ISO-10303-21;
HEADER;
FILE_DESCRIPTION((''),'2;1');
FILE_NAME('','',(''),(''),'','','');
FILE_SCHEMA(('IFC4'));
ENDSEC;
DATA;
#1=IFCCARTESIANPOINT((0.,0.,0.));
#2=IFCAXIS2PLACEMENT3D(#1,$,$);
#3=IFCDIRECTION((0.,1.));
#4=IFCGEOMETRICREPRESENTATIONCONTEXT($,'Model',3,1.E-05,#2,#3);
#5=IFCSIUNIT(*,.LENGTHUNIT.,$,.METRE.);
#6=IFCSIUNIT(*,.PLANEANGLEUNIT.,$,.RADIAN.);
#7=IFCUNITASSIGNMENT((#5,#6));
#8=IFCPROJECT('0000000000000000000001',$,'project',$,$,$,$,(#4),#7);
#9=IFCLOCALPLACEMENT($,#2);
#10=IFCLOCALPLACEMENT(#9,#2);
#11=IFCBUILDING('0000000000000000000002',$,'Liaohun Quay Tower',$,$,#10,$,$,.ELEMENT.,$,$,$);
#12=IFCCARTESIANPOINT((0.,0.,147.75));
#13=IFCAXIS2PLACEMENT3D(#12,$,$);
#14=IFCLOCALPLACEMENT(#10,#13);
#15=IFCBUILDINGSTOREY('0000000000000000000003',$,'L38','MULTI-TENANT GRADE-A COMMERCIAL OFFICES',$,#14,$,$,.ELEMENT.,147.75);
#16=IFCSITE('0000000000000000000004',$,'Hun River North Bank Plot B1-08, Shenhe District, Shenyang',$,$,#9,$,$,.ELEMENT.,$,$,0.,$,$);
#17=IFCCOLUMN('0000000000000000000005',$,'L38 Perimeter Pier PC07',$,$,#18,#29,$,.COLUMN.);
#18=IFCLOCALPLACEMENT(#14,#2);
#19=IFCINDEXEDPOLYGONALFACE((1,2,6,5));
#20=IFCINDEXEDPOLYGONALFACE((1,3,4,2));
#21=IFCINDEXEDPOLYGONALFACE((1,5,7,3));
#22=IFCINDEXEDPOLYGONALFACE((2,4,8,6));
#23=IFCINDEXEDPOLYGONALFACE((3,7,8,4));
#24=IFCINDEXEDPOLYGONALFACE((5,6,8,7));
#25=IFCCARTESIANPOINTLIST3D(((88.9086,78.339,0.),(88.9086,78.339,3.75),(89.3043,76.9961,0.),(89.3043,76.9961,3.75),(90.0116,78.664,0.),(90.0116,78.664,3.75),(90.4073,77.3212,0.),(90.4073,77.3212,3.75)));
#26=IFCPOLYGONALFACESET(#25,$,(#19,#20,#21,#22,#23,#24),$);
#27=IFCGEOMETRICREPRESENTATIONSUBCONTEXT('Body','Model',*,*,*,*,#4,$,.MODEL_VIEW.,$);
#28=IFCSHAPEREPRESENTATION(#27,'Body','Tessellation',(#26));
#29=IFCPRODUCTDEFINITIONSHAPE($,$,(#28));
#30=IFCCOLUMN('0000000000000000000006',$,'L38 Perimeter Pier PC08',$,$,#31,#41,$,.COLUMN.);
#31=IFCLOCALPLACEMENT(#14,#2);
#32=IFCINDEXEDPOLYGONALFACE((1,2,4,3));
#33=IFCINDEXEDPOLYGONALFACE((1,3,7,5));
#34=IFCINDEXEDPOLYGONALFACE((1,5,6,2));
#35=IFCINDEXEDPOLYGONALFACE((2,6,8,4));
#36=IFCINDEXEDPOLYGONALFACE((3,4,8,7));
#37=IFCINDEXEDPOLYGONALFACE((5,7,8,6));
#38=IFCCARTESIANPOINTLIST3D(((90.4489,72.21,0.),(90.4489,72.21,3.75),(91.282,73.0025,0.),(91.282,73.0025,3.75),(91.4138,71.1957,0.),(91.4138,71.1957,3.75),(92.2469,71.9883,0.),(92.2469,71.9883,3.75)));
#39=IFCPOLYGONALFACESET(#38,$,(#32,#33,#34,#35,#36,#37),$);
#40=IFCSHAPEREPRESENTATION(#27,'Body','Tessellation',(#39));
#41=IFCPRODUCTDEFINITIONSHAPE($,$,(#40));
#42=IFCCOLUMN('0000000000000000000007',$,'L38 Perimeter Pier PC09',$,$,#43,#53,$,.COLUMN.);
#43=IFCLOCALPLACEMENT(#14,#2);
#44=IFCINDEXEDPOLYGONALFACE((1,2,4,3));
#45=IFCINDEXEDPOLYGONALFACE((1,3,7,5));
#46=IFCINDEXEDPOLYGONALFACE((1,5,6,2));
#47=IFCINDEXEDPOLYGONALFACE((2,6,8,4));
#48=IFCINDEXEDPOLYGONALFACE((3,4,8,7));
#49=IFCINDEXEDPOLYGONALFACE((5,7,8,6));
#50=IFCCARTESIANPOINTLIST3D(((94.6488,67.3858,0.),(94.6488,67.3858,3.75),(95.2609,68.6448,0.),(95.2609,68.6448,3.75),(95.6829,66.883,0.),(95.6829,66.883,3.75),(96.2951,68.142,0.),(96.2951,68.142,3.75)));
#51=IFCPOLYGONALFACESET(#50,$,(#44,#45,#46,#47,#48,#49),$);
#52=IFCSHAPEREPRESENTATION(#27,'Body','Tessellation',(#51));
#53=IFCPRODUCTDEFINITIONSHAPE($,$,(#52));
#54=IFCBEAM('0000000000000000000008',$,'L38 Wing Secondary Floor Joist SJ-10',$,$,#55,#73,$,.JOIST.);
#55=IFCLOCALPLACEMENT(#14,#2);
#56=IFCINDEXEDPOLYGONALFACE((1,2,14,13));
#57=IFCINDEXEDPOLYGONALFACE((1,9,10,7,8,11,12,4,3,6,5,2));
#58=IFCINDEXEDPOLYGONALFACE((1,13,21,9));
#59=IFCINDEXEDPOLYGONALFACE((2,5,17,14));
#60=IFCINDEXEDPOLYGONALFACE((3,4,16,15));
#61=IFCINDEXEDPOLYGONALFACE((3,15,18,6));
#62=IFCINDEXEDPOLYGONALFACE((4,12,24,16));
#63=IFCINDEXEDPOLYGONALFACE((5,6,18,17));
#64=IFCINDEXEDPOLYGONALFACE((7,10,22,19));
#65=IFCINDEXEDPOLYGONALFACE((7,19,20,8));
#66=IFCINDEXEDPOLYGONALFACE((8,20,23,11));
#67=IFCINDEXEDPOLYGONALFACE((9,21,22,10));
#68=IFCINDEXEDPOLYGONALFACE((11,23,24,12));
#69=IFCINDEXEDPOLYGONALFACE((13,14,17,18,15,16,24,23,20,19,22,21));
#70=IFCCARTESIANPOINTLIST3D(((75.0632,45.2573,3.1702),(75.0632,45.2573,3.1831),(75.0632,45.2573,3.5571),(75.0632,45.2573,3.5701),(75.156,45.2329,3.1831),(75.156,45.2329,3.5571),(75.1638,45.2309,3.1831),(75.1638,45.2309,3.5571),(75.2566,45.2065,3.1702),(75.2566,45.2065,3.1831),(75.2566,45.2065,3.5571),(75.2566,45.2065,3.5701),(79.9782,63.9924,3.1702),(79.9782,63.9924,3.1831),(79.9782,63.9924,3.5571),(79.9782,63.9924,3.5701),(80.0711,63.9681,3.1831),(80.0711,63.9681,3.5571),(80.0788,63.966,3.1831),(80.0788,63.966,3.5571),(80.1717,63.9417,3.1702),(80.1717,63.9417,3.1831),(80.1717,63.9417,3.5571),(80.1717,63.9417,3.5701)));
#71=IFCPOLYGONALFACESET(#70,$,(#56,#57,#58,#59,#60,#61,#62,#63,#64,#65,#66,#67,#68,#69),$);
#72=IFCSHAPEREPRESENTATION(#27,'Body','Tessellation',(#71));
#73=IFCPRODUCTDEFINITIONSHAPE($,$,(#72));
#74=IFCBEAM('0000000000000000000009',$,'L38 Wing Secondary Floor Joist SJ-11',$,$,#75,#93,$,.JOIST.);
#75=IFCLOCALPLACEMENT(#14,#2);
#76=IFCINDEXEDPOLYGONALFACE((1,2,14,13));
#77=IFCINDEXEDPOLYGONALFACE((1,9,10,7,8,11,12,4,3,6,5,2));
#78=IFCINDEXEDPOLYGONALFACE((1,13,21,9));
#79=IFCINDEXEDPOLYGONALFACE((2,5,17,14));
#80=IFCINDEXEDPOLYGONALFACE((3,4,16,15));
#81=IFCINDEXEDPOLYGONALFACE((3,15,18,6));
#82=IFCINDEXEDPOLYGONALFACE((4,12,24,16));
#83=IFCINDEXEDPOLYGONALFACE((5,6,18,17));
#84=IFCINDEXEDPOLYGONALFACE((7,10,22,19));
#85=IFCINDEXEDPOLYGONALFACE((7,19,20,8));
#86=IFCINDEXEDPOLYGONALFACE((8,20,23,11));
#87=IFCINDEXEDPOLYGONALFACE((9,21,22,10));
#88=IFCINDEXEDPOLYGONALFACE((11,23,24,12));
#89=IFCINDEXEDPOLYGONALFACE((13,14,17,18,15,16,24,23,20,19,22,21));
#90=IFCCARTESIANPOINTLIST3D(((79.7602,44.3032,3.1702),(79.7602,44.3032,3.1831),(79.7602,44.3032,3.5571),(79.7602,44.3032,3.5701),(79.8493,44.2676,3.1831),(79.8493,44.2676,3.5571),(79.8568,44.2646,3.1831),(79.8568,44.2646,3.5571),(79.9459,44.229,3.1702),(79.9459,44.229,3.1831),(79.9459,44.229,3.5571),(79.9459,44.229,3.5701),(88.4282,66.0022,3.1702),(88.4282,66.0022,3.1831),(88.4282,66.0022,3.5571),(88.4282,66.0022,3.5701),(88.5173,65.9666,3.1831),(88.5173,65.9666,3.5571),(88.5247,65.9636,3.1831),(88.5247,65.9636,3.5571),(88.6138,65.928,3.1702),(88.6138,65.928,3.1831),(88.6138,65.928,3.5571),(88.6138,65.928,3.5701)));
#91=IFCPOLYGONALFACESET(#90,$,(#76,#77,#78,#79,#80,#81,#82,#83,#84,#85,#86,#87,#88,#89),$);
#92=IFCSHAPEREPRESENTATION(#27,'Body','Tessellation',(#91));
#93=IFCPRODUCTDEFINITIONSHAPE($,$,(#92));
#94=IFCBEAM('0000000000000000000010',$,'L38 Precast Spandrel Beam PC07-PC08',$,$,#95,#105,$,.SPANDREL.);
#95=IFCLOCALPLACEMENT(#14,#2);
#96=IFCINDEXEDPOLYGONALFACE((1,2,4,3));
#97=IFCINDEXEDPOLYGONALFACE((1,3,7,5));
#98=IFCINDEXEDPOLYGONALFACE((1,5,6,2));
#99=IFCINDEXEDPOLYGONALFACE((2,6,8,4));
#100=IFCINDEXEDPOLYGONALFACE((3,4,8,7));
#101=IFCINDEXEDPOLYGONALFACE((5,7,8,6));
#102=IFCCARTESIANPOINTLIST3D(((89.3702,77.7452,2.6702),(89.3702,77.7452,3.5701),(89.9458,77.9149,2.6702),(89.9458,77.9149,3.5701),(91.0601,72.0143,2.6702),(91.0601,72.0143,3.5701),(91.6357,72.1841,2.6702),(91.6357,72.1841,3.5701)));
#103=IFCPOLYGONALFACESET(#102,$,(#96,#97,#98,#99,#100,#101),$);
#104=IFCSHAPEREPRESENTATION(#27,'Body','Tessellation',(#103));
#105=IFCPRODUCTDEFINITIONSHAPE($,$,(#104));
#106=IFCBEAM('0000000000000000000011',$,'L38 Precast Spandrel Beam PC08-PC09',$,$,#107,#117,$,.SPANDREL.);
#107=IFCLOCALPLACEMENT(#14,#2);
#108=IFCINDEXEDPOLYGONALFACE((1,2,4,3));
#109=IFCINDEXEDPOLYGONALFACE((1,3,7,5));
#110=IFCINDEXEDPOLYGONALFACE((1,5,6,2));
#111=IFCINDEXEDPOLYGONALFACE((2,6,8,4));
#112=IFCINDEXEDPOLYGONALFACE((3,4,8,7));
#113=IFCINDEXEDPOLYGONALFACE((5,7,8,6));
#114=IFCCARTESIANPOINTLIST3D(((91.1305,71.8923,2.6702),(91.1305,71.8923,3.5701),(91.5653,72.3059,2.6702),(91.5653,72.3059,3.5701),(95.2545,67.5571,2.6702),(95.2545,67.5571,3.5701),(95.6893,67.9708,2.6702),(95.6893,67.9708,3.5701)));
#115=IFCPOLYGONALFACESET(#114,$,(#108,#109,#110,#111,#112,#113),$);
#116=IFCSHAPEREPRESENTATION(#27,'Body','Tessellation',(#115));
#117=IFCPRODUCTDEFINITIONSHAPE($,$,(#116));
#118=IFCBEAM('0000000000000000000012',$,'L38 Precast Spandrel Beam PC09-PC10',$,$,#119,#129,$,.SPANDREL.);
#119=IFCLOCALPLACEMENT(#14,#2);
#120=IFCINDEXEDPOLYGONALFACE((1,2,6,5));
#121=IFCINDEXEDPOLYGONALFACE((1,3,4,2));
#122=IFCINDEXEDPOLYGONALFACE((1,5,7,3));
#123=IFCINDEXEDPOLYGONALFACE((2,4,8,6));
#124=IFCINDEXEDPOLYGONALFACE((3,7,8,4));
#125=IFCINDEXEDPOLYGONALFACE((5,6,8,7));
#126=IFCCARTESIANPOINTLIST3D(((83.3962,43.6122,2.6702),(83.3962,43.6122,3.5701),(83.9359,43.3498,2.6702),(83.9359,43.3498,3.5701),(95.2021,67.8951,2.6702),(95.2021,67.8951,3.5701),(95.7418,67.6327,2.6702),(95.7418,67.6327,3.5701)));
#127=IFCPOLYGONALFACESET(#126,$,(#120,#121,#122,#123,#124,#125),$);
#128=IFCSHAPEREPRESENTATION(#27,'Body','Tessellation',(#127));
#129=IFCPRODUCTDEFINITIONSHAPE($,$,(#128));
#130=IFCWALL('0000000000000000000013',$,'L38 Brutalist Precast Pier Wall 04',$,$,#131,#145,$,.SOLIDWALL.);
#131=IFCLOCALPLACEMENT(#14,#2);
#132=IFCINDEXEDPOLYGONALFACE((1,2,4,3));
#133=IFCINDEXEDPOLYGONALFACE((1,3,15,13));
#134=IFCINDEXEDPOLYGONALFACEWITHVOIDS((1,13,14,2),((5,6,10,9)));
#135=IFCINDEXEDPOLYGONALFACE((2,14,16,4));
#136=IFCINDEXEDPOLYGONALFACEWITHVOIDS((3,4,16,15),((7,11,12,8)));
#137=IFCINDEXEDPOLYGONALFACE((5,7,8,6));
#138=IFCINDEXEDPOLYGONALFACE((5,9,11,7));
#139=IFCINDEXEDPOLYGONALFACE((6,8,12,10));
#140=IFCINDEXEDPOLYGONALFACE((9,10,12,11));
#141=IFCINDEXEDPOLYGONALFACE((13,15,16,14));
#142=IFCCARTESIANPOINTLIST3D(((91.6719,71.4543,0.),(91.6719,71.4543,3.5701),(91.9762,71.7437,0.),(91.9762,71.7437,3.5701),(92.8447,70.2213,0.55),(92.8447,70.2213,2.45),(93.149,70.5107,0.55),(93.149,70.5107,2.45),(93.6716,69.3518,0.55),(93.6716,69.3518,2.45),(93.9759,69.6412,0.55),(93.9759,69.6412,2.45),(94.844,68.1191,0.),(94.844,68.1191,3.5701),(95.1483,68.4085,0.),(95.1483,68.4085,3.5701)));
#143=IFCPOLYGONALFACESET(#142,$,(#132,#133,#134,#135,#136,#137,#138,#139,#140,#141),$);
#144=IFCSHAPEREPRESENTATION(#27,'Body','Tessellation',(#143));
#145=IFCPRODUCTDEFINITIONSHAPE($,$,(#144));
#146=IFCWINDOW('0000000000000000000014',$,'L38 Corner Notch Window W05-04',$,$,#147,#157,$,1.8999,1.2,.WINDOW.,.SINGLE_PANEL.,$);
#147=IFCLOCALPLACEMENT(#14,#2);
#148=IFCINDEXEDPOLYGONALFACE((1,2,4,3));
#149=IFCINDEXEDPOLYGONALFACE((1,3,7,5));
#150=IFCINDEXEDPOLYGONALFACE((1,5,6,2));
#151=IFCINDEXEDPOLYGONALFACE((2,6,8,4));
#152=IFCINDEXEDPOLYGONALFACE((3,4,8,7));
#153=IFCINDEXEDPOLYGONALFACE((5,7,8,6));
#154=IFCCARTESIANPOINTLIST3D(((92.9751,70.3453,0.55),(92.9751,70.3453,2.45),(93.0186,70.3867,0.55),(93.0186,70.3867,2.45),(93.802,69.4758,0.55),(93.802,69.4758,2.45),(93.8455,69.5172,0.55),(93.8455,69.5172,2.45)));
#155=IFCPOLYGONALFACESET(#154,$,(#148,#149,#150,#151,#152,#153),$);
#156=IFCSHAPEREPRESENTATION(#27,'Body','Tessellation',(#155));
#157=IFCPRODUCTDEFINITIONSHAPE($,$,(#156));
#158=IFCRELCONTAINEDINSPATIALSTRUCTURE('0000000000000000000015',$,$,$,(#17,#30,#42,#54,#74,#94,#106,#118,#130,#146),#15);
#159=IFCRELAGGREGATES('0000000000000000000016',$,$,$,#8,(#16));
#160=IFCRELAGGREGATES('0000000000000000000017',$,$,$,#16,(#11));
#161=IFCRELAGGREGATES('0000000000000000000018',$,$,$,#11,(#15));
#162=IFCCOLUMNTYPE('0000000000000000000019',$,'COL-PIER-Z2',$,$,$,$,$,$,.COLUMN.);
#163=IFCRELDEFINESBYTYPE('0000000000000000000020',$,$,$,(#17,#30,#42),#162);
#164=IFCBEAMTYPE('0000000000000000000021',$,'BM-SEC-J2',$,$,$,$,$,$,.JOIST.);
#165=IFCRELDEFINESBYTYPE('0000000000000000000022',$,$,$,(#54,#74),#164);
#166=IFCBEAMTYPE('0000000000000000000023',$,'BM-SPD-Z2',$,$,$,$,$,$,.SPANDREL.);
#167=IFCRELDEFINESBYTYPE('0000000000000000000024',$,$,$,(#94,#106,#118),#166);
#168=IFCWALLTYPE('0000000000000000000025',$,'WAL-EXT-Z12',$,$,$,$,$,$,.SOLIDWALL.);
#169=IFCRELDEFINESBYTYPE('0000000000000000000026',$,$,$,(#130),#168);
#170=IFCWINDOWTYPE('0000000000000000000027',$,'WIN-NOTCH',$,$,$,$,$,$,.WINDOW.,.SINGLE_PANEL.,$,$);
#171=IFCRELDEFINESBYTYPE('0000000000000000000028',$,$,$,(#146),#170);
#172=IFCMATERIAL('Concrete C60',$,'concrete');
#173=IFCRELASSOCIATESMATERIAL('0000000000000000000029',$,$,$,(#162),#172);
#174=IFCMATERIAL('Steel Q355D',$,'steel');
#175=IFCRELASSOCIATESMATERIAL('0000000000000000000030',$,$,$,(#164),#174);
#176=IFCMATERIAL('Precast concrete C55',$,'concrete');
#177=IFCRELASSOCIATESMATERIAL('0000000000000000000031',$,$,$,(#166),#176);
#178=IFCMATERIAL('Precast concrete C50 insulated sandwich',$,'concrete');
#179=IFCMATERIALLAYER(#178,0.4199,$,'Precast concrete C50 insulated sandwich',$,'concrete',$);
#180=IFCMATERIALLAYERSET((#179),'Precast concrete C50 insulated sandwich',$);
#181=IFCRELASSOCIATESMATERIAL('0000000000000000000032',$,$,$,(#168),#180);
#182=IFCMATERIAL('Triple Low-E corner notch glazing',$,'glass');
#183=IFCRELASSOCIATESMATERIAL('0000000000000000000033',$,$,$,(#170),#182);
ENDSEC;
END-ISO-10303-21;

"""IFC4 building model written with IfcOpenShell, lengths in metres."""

from ifc_helpers import new_model, si_unit, direction, frame, frame_2d, origin, origin_2d, place, context, subcontext, project, spatial, rectangle, i_section, extrude, source, transform, mapped, material, layer, layer_set, material_profile, profile_set, type_object, element, fill, save


model = new_model("IFC4")

# Units and contexts
model_context = context("Model", 3, precision=1e-05, world=origin(), true_north=direction((0.0, 1.0)))
body_context = subcontext(model_context, "Body", "Model", "MODEL_VIEW")
ifc_project = project(units=[si_unit("LENGTHUNIT", "METRE"), si_unit("PLANEANGLEUNIT", "RADIAN")], contexts=[model_context])

# Site, building, storey
site_placement = place(None, origin())
site = spatial("IfcSite", under=ifc_project, at=site_placement, Name="Hun River North Bank Plot B1-08, Shenhe District, Shenyang", CompositionType="ELEMENT", RefElevation=0.0)
building_placement = place(site_placement, origin())
building = spatial("IfcBuilding", under=site, at=building_placement, Name="Liaohun Quay Tower", CompositionType="ELEMENT")
storey_placement = place(building_placement, frame((0.0, 0.0, 147.75)))
storey = spatial("IfcBuildingStorey", under=building, at=storey_placement, Name="L38", Description="MULTI-TENANT GRADE-A COMMERCIAL OFFICES", CompositionType="ELEMENT", Elevation=147.75)

# Columns
ifc_material_1 = material(Name="Concrete C60", Category="concrete")
ifc_material_profile_1 = material_profile(ifc_material_1, rectangle(XDim=1.3999, YDim=1.1499, at=origin_2d()), Name="RC1400x1150")
ifc_profile_set_1 = profile_set([ifc_material_profile_1], Name="Concrete C60")
column_type = type_object("IfcColumnType", Name="COL-PIER-Z2", PredefinedType="COLUMN", material=ifc_profile_set_1)
shared_shape_1 = source(origin(), body_context, "Body", "SweptSolid", [
    extrude(rectangle(XDim=1.3999, YDim=1.1499, at=origin_2d()), origin(), (0.0, 0.0, 1.0), 3.75),
])
for number, where, z_axis, x_axis, name in (
    (1, (89.658, 77.8301, 0.0), (0.0, 0.0, 1.0), (-0.282676, 0.959215, 0.0), "L38 Perimeter Pier PC07"),
    (2, (91.3479, 72.0991, 0.0), (0.0, 0.0, 1.0), (-0.68924, 0.724533, 0.0), "L38 Perimeter Pier PC08"),
    (3, (95.4719, 67.7639, 0.0), (0.0, 0.0, 1.0), (0.437273, 0.899329, 0.0), "L38 Perimeter Pier PC09"),
):
    element("IfcColumn", number, at=place(storey_placement, frame(where, z_axis=z_axis, x_axis=x_axis)), inside=storey, type_object=column_type, Name=name, PredefinedType="COLUMN", context=body_context, shape_type="MappedRepresentation", body=[
        mapped(shared_shape_1, transform((0.0, 0.0, 0.0), x_axis=(1.0, 0.0, 0.0), y_axis=(0.0, 1.0, 0.0), z_axis=(0.0, 0.0, 1.0), scale=1.0)),
    ])

# Beams
ifc_material_2 = material(Name="Steel Q355D", Category="steel")
ifc_material_profile_2 = material_profile(ifc_material_2, i_section(OverallWidth=0.2, OverallDepth=0.3999, WebThickness=0.0081, FlangeThickness=0.0129, at=origin_2d()), Name="HN400x200x8x13")
ifc_profile_set_2 = profile_set([ifc_material_profile_2], Name="Steel Q355D")
beam_type_1 = type_object("IfcBeamType", Name="BM-SEC-J2", PredefinedType="JOIST", material=ifc_profile_set_2)
shared_shape_2 = source(origin(), body_context, "Body", "SweptSolid", [
    extrude(i_section(OverallWidth=0.2, OverallDepth=0.3999, WebThickness=0.0081, FlangeThickness=0.0129, at=origin_2d()), origin(), (0.0, 0.0, 1.0), 19.3691),
])
beam_1_placement = place(storey_placement, frame((80.075, 63.967, 3.3701), z_axis=(-0.253757, -0.967268, 0.0), x_axis=(0.967268, -0.253757, 0.0)))
element("IfcBeam", 4, at=beam_1_placement, inside=storey, type_object=beam_type_1, Name="L38 Wing Secondary Floor Joist SJ-10", PredefinedType="JOIST", context=body_context, shape_type="MappedRepresentation", body=[
    mapped(shared_shape_2, transform((0.0, 0.0, 0.0), x_axis=(1.0, 0.0, 0.0), y_axis=(0.0, 1.0, 0.0), z_axis=(0.0, 0.0, 1.0), scale=1.0)),
])
shared_shape_3 = source(origin(), body_context, "Body", "SweptSolid", [
    extrude(i_section(OverallWidth=0.2, OverallDepth=0.3999, WebThickness=0.0081, FlangeThickness=0.0129, at=origin_2d()), origin(), (0.0, 0.0, 1.0), 23.3662),
])
beam_2_placement = place(storey_placement, frame((88.521, 65.9651, 3.3701), z_axis=(-0.370962, -0.928648, 0.0), x_axis=(0.928648, -0.370962, 0.0)))
element("IfcBeam", 5, at=beam_2_placement, inside=storey, type_object=beam_type_1, Name="L38 Wing Secondary Floor Joist SJ-11", PredefinedType="JOIST", context=body_context, shape_type="MappedRepresentation", body=[
    mapped(shared_shape_3, transform((0.0, 0.0, 0.0), x_axis=(1.0, 0.0, 0.0), y_axis=(0.0, 1.0, 0.0), z_axis=(0.0, 0.0, 1.0), scale=1.0)),
])
ifc_material_3 = material(Name="Precast concrete C55", Category="concrete")
ifc_material_profile_3 = material_profile(ifc_material_3, rectangle(XDim=0.6001, YDim=0.8999, at=origin_2d()), Name="RC600x900")
ifc_profile_set_3 = profile_set([ifc_material_profile_3], Name="Precast concrete C55")
beam_type_2 = type_object("IfcBeamType", Name="BM-SPD-Z2", PredefinedType="SPANDREL", material=ifc_profile_set_3)
shared_shape_4 = source(origin(), body_context, "Body", "SweptSolid", [
    extrude(rectangle(XDim=0.6001, YDim=0.8999, at=origin_2d()), origin(), (0.0, 0.0, 1.0), 5.9749),
])
beam_3_placement = place(storey_placement, frame((89.658, 77.8301, 3.1201), z_axis=(0.282839, -0.959167, 0.0), x_axis=(0.959167, 0.282839, 0.0)))
element("IfcBeam", 6, at=beam_3_placement, inside=storey, type_object=beam_type_2, Name="L38 Precast Spandrel Beam PC07-PC08", PredefinedType="SPANDREL", context=body_context, shape_type="MappedRepresentation", body=[
    mapped(shared_shape_4, transform((0.0, 0.0, 0.0), x_axis=(1.0, 0.0, 0.0), y_axis=(0.0, 1.0, 0.0), z_axis=(0.0, 0.0, 1.0), scale=1.0)),
])
shared_shape_5 = source(origin(), body_context, "Body", "SweptSolid", [
    extrude(rectangle(XDim=0.6001, YDim=0.8999, at=origin_2d()), origin(), (0.0, 0.0, 1.0), 5.9834),
])
beam_4_placement = place(storey_placement, frame((91.3479, 72.0991, 3.1201), z_axis=(0.689239, -0.724534, 0.0), x_axis=(0.724534, 0.689239, 0.0)))
element("IfcBeam", 7, at=beam_4_placement, inside=storey, type_object=beam_type_2, Name="L38 Precast Spandrel Beam PC08-PC09", PredefinedType="SPANDREL", context=body_context, shape_type="MappedRepresentation", body=[
    mapped(shared_shape_5, transform((0.0, 0.0, 0.0), x_axis=(1.0, 0.0, 0.0), y_axis=(0.0, 1.0, 0.0), z_axis=(0.0, 0.0, 1.0), scale=1.0)),
])
shared_shape_6 = source(origin(), body_context, "Body", "SweptSolid", [
    extrude(rectangle(XDim=0.6001, YDim=0.8999, at=origin_2d()), origin(), (0.0, 0.0, 1.0), 27.0007),
])
beam_5_placement = place(storey_placement, frame((95.4719, 67.7639, 3.1201), z_axis=(-0.437243, -0.899343, 0.0), x_axis=(0.899343, -0.437243, 0.0)))
element("IfcBeam", 8, at=beam_5_placement, inside=storey, type_object=beam_type_2, Name="L38 Precast Spandrel Beam PC09-PC10", PredefinedType="SPANDREL", context=body_context, shape_type="MappedRepresentation", body=[
    mapped(shared_shape_6, transform((0.0, 0.0, 0.0), x_axis=(1.0, 0.0, 0.0), y_axis=(0.0, 1.0, 0.0), z_axis=(0.0, 0.0, 1.0), scale=1.0)),
])

# Wall, opening, window
ifc_material_4 = material(Name="Precast concrete C50 insulated sandwich", Category="concrete")
ifc_layer_1 = layer(ifc_material_4, 0.4199, Name="Precast concrete C50 insulated sandwich", Category="concrete")
ifc_layer_set_1 = layer_set([ifc_layer_1], Name="Precast concrete C50 insulated sandwich")
wall_type_1 = type_object("IfcWallType", Name="WAL-EXT-Z12", PredefinedType="SOLIDWALL", material=ifc_layer_set_1)
wall_1_placement = place(storey_placement, frame((94.9961, 68.2639, 0.0), z_axis=(0.0, 0.0, 1.0), x_axis=(-0.689169, 0.724601, 0.0)))
wall_1 = element("IfcWall", 9, at=wall_1_placement, inside=storey, type_object=wall_type_1, Name="L38 Brutalist Precast Pier Wall 04", PredefinedType="SOLIDWALL", context=body_context, shape_type="SweptSolid", body=[
    extrude(rectangle(XDim=4.6028, YDim=0.4199, at=frame_2d((2.3013, 0.0))), origin(), (0.0, 0.0, 1.0), 3.5701),
])
shared_shape_7 = source(origin(), body_context, "Body", "SweptSolid", [
    extrude(rectangle(XDim=1.2, YDim=1.8999, at=frame_2d((0.6001, 0.95))), frame((0.0, 0.22, 0.0), z_axis=(0.0, -1.0, 0.0), x_axis=(1.0, 0.0, 0.0)), (0.0, 0.0, 1.0), 0.4399),
])
opening_1_placement = place(wall_1_placement, frame((1.7009, 0.0, 0.55)))
opening_1 = element("IfcOpeningElement", 10, at=opening_1_placement, cuts=wall_1, PredefinedType="OPENING", context=body_context, shape_type="MappedRepresentation", body=[
    mapped(shared_shape_7, transform((0.0, 0.0, 0.0), x_axis=(1.0, 0.0, 0.0), y_axis=(0.0, 1.0, 0.0), z_axis=(0.0, 0.0, 1.0), scale=1.0)),
])
ifc_material_5 = material(Name="Triple Low-E corner notch glazing", Category="glass")
window_type_1 = type_object("IfcWindowType", Name="WIN-NOTCH", PartitioningType="SINGLE_PANEL", PredefinedType="WINDOW", material=ifc_material_5)
shared_shape_8 = source(origin(), body_context, "Body", "SweptSolid", [
    extrude(rectangle(XDim=1.2, YDim=1.8999, at=frame_2d((0.6001, 0.95))), frame((0.0, 0.03, 0.0), z_axis=(0.0, -1.0, 0.0), x_axis=(1.0, 0.0, 0.0)), (0.0, 0.0, 1.0), 0.0601),
])
window_1_placement = place(opening_1_placement, origin())
window_1 = element("IfcWindow", 11, at=window_1_placement, inside=storey, type_object=window_type_1, Name="L38 Corner Notch Window W05-04", OverallHeight=1.8999, OverallWidth=1.2, PartitioningType="SINGLE_PANEL", PredefinedType="WINDOW", context=body_context, shape_type="MappedRepresentation", body=[
    mapped(shared_shape_8, transform((0.0, 0.0, 0.0), x_axis=(1.0, 0.0, 0.0), y_axis=(0.0, 1.0, 0.0), z_axis=(0.0, 0.0, 1.0), scale=1.0)),
])
fill(opening_1, window_1)

save(model, "model.ifc")
